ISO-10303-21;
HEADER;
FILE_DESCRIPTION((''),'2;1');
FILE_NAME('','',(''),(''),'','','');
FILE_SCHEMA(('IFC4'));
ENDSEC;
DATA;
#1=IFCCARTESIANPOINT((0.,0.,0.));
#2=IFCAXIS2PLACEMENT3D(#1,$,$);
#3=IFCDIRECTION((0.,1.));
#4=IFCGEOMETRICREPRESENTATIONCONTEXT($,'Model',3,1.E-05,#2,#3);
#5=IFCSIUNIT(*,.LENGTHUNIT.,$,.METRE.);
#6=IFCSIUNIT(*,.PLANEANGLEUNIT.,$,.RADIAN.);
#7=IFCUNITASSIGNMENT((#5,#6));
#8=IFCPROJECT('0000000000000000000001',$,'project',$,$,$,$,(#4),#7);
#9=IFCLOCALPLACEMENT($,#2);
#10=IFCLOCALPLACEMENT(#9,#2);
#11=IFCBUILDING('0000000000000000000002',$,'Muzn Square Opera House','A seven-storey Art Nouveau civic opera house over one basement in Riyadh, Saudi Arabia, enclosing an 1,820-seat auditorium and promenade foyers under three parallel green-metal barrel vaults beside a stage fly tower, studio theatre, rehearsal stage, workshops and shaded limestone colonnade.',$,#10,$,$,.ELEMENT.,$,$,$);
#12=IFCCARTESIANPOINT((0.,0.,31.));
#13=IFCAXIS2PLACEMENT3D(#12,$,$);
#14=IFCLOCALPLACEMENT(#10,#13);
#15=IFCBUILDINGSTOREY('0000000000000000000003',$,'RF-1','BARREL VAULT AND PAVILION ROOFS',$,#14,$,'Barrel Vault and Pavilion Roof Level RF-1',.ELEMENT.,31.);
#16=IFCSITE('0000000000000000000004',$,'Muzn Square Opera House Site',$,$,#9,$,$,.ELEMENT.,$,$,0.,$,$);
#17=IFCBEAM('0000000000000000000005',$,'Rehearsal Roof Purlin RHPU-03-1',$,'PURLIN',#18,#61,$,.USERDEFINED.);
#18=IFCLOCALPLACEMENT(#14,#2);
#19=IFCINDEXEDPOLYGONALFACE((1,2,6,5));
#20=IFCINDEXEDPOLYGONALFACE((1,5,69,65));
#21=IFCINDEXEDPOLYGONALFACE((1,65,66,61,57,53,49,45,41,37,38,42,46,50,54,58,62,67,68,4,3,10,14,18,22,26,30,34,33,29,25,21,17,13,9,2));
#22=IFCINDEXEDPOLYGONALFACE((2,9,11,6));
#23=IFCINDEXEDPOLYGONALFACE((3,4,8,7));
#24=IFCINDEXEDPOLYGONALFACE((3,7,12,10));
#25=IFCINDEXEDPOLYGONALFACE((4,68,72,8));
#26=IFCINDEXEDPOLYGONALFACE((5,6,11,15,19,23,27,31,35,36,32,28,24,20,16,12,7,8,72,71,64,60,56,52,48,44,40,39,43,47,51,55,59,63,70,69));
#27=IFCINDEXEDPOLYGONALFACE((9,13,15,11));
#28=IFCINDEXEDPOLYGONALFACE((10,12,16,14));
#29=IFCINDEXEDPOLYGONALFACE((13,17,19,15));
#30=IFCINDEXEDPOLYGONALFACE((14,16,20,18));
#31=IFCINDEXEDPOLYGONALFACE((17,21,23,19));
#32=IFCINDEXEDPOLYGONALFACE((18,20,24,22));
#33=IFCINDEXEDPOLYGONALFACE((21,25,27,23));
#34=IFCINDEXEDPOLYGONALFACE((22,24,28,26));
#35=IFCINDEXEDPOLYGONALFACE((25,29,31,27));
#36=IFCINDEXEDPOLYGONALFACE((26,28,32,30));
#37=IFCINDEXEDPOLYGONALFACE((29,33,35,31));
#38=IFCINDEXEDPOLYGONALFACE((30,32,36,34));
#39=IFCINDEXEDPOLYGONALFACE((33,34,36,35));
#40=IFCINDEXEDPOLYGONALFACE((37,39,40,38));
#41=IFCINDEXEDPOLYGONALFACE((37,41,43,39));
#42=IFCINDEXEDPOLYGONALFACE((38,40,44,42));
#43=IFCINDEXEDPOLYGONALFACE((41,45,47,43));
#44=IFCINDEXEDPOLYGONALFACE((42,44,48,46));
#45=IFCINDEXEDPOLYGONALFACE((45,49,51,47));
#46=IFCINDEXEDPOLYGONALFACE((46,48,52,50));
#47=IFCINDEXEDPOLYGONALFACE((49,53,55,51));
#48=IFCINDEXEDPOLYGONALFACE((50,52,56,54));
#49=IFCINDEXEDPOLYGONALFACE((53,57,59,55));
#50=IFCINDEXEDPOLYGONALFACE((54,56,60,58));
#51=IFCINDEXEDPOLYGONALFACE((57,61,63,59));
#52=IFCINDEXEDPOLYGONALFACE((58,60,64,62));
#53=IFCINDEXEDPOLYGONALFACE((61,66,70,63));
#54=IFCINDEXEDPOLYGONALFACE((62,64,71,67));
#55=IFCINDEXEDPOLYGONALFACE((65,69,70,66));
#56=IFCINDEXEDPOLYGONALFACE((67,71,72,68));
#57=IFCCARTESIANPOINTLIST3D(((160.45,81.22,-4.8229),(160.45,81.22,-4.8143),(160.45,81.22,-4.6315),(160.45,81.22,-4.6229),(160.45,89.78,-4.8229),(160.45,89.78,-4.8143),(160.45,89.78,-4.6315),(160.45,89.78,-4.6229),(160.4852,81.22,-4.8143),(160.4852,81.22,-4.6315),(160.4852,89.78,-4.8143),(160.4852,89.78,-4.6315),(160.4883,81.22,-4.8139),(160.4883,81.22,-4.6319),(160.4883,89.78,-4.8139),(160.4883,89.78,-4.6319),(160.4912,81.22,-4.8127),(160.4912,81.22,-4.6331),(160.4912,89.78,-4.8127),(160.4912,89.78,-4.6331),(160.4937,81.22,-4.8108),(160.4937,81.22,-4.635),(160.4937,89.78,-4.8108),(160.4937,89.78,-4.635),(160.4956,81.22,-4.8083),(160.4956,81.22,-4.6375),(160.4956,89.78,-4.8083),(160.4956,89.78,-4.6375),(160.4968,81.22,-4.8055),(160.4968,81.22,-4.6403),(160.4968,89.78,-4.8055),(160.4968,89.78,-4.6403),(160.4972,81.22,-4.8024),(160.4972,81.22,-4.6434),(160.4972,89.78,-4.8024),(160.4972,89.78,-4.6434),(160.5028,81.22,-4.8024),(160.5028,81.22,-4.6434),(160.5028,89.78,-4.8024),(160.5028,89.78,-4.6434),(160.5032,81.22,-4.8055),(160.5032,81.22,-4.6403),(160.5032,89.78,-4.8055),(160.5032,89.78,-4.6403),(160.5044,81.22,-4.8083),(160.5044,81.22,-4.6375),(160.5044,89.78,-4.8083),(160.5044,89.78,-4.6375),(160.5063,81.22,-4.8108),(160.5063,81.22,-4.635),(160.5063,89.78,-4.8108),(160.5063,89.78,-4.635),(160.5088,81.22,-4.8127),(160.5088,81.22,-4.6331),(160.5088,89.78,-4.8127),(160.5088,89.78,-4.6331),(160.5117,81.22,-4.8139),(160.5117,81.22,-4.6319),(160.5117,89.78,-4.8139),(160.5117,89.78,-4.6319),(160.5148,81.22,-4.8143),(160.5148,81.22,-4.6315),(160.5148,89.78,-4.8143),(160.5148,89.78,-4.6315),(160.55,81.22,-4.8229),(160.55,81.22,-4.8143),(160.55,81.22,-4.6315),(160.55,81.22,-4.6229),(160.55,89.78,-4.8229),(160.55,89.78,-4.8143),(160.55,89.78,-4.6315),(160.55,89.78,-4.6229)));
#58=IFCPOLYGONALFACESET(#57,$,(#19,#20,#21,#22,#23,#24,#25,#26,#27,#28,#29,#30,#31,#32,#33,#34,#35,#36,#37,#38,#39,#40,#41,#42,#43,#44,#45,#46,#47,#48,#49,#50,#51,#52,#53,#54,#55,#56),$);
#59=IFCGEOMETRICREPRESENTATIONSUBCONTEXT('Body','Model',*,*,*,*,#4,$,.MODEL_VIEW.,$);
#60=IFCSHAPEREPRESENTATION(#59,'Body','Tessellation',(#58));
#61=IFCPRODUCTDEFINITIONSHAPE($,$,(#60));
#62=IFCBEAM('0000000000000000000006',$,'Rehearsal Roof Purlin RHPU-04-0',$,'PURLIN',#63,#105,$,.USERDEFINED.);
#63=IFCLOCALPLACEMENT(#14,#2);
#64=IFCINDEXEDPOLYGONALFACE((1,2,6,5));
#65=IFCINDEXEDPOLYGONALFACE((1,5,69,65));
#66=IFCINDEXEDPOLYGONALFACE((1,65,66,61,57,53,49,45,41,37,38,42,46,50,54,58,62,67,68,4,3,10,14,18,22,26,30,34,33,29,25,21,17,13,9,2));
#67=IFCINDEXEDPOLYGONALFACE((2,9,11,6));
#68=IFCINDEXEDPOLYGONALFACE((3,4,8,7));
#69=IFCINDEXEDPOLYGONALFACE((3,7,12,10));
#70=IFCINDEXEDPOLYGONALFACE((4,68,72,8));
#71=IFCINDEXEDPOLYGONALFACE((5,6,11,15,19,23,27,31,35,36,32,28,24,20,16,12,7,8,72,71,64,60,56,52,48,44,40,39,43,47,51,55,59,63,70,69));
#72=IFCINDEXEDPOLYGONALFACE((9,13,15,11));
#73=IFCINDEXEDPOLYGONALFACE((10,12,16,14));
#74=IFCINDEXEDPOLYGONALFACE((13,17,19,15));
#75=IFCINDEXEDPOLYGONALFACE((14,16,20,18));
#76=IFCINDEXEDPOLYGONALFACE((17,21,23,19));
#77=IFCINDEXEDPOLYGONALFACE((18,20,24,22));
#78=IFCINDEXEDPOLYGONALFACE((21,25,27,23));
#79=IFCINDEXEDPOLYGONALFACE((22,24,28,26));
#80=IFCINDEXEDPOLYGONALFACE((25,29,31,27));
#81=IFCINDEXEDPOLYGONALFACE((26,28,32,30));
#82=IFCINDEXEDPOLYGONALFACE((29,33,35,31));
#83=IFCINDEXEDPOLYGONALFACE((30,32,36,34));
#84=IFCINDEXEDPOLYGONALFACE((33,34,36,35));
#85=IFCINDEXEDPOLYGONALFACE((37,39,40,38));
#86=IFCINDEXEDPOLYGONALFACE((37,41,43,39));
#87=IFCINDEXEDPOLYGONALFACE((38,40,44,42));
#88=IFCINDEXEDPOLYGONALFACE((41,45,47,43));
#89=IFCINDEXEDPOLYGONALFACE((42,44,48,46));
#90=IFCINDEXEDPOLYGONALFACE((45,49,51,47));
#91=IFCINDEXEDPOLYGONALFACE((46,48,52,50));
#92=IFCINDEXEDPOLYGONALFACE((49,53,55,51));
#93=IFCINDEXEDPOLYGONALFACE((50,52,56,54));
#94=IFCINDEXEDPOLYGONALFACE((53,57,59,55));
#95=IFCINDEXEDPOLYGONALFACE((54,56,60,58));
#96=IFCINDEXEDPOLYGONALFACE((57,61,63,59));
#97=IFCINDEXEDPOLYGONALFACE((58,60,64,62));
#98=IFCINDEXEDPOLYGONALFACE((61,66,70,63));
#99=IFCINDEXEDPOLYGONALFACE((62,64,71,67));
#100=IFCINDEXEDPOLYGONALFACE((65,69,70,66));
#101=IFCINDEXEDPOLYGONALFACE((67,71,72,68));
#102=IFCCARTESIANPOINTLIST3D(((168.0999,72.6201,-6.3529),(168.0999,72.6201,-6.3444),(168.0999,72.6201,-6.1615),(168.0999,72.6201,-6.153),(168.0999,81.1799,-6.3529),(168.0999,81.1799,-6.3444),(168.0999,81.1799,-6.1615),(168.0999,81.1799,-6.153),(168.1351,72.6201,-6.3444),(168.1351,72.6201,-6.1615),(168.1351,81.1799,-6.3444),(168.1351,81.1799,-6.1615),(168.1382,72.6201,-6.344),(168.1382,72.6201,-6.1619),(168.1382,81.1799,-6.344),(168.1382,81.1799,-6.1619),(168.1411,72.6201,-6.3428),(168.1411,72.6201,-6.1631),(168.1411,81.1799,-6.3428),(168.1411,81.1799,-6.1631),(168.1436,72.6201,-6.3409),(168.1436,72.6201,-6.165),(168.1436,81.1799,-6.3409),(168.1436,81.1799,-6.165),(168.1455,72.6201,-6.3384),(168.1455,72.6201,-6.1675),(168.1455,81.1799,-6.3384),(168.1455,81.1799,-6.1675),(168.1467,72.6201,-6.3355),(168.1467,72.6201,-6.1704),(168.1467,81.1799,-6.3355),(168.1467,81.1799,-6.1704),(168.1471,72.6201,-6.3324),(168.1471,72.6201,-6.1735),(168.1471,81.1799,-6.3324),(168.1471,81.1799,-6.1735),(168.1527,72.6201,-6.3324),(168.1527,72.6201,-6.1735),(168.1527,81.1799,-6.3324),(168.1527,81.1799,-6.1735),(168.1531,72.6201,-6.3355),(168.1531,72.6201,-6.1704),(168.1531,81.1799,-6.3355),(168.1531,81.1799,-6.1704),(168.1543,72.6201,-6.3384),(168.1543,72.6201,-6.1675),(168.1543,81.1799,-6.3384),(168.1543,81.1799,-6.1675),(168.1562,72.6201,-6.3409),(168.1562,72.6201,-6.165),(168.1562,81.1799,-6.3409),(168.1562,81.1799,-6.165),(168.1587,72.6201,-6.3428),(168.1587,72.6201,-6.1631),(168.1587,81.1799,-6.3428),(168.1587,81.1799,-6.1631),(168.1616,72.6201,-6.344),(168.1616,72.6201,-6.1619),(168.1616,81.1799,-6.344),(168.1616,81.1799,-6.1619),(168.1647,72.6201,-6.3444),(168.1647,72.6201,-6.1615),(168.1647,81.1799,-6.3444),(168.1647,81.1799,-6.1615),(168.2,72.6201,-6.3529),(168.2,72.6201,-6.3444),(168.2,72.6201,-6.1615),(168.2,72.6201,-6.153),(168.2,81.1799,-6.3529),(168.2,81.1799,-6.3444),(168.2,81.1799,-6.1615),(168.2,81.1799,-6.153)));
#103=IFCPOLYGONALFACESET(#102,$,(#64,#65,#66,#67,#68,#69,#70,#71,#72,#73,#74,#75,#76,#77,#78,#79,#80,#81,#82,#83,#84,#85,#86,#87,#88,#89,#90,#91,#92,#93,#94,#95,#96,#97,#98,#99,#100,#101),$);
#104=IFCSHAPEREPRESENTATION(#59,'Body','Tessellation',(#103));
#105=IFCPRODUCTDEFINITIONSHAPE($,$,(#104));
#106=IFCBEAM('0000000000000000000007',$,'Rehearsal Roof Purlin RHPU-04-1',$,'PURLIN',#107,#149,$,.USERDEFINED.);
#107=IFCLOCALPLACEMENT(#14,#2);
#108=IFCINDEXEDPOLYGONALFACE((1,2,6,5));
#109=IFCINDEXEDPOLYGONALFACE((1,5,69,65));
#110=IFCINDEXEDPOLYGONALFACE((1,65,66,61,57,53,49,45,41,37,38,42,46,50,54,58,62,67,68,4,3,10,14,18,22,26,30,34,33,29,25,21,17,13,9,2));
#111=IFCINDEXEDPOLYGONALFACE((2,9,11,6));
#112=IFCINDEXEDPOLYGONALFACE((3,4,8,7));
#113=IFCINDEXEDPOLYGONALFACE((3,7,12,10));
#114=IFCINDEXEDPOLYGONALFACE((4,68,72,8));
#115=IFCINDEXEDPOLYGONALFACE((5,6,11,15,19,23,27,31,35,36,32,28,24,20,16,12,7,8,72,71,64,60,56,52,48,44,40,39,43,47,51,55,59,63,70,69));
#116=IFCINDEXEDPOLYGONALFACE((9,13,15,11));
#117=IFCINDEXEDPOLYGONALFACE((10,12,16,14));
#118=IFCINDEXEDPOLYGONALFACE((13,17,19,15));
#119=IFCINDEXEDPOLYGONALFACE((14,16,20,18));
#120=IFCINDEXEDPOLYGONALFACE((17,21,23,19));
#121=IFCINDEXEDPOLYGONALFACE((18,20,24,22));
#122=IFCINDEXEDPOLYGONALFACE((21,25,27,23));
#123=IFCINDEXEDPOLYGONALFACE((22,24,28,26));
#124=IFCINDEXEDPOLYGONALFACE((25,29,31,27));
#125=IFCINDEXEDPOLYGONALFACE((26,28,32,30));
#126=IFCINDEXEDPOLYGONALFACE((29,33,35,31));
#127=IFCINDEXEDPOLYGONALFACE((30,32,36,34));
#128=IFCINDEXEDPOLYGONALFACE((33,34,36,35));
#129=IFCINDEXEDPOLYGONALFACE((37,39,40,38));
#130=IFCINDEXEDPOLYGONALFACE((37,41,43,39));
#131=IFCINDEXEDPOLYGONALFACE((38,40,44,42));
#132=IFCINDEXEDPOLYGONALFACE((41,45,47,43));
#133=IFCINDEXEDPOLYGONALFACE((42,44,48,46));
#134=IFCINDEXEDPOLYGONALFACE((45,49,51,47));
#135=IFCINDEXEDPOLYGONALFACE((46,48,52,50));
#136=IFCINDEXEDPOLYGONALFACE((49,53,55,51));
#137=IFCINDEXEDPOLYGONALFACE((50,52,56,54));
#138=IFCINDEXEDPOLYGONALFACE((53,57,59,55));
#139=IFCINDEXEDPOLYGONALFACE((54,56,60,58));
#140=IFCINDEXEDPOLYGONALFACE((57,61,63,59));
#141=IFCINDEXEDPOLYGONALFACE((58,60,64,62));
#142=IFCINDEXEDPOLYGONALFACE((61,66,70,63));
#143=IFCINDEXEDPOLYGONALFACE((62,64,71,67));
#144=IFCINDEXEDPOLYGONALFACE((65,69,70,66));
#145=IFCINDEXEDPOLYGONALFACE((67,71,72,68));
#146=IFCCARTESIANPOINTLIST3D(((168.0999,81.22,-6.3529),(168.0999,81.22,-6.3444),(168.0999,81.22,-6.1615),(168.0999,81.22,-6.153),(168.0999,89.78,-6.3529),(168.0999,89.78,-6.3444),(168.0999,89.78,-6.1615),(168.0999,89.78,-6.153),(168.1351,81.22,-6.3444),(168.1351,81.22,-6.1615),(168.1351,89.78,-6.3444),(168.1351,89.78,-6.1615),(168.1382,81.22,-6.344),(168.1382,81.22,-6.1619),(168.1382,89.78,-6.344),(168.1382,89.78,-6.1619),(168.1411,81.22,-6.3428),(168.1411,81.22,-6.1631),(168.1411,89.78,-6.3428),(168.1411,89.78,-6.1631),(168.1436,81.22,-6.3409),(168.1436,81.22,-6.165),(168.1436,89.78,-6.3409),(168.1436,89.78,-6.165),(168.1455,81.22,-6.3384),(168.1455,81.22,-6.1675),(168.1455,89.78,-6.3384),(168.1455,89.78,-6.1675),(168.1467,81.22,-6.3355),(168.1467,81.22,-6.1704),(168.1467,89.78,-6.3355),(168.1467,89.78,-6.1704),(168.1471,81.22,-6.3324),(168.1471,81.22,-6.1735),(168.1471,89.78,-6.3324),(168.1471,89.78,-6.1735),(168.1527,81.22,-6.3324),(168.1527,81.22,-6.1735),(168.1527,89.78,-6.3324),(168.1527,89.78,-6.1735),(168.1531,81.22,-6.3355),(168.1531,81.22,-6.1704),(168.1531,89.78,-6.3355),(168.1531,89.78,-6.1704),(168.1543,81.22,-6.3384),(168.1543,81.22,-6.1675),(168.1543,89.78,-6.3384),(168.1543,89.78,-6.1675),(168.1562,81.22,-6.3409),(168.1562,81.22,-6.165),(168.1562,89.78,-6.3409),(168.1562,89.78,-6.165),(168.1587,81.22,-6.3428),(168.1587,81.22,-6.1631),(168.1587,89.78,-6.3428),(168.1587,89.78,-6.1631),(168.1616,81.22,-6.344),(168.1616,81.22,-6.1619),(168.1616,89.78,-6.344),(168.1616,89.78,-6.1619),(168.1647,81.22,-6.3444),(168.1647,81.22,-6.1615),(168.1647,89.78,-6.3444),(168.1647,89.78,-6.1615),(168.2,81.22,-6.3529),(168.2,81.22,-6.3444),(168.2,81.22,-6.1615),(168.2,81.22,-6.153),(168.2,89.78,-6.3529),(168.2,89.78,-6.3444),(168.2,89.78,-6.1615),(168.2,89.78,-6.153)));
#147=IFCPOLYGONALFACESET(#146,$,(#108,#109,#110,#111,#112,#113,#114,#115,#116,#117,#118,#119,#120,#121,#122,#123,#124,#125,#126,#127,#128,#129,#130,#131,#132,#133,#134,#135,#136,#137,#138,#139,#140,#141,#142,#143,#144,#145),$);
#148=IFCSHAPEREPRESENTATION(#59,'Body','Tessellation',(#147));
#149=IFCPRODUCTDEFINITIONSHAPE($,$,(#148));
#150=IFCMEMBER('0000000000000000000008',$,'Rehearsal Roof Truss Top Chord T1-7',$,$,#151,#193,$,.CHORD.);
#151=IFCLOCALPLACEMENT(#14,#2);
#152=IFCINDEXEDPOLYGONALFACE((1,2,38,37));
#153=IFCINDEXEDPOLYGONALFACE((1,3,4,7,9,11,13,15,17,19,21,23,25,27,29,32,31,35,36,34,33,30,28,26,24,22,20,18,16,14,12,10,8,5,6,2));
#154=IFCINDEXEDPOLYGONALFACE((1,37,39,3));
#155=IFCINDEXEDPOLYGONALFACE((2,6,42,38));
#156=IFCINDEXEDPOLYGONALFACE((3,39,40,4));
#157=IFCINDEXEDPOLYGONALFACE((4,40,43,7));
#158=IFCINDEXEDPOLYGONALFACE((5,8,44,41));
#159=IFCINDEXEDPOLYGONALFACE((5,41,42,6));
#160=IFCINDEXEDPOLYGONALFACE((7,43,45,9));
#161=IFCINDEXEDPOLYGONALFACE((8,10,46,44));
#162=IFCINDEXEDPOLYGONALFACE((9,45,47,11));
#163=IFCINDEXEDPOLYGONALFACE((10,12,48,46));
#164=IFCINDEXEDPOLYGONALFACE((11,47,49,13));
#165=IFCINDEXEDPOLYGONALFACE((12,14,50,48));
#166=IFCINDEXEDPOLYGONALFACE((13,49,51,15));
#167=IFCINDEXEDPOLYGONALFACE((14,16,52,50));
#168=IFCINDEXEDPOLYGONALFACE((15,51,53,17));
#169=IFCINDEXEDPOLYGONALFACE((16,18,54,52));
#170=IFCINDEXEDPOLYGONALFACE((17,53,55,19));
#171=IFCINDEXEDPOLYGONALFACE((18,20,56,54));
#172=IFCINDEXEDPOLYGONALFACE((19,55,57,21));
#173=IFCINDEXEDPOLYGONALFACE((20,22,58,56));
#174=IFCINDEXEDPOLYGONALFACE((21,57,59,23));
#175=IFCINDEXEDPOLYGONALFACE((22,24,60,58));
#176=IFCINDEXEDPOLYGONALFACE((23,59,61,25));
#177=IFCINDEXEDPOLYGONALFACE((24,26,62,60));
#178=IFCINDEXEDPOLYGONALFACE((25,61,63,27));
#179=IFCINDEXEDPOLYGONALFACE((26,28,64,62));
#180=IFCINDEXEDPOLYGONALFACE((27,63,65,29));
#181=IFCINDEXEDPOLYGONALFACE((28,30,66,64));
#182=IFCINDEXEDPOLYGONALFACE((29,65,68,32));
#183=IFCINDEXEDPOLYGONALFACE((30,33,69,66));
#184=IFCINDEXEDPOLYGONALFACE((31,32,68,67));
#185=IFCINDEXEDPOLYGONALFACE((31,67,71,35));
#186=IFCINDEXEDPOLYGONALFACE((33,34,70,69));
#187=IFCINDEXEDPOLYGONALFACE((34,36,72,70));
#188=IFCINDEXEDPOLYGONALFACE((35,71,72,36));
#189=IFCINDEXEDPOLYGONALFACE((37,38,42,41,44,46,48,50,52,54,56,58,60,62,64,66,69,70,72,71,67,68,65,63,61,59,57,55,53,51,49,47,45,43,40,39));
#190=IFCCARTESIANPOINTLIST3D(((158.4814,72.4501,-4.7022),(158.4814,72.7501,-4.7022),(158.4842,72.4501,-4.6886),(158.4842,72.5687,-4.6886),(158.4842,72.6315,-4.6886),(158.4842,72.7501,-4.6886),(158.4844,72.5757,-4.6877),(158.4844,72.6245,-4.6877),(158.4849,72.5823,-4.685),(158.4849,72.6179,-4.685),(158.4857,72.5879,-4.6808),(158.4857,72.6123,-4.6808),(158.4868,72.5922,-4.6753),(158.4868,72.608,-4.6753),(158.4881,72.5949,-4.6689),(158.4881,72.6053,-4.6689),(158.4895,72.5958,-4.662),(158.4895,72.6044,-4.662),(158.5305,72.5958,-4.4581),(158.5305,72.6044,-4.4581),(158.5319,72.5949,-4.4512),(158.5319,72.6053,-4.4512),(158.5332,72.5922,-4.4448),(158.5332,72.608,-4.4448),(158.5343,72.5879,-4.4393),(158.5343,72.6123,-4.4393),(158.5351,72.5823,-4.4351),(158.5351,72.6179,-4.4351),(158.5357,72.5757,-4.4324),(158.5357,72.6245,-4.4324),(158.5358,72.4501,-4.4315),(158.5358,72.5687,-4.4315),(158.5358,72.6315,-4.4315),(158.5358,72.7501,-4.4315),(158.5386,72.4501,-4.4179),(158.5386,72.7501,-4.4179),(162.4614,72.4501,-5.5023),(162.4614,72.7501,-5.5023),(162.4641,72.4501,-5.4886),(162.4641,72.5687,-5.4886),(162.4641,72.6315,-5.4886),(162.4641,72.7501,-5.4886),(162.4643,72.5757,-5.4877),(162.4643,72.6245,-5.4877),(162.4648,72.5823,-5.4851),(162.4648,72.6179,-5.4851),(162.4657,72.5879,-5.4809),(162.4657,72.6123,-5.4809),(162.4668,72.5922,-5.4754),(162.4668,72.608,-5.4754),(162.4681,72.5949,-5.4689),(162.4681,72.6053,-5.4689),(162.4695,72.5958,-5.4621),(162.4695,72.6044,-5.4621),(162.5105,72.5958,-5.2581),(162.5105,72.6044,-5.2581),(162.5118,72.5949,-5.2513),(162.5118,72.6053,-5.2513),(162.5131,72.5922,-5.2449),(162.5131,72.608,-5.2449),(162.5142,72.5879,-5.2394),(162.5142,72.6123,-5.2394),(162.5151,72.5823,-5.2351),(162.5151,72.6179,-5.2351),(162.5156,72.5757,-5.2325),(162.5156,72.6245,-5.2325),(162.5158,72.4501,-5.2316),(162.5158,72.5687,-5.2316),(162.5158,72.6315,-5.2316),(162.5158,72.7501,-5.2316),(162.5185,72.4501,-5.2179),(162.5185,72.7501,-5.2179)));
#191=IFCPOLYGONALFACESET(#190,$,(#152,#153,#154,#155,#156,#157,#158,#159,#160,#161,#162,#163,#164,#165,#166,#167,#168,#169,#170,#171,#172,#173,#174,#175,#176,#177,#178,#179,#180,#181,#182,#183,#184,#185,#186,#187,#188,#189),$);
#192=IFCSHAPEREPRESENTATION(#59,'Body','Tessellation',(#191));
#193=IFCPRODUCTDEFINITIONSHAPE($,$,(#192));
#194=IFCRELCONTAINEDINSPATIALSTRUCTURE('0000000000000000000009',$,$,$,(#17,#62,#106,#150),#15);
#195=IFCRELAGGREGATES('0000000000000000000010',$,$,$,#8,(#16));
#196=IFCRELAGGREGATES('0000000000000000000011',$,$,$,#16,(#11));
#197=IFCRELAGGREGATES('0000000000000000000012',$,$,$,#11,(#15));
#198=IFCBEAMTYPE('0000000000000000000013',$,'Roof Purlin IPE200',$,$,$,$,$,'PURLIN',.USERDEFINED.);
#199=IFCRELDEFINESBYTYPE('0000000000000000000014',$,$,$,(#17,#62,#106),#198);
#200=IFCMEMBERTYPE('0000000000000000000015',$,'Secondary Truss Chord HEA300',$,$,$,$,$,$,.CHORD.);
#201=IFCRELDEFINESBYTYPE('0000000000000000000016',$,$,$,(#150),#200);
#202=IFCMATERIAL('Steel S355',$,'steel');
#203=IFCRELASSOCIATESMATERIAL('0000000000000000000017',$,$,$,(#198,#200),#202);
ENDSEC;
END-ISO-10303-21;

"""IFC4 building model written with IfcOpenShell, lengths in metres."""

from ifc_helpers import new_model, si_unit, direction, frame, origin, origin_2d, place, context, subcontext, project, spatial, i_section, extrude, material, material_profile, profile_set, type_object, element, save


model = new_model("IFC4")

# Units and contexts
model_context = context("Model", 3, precision=1e-05, world=origin(), true_north=direction((0.0, 1.0)))
body_context = subcontext(model_context, "Body", "Model", "MODEL_VIEW")
ifc_project = project(units=[si_unit("LENGTHUNIT", "METRE"), si_unit("PLANEANGLEUNIT", "RADIAN")], contexts=[model_context])

# Site, building, storey
site_placement = place(None, origin())
site = spatial("IfcSite", under=ifc_project, at=site_placement, Name="Muzn Square Opera House Site", CompositionType="ELEMENT", RefElevation=0.0)
building_placement = place(site_placement, origin())
building = spatial("IfcBuilding", under=site, at=building_placement, Name="Muzn Square Opera House", Description="A seven-storey Art Nouveau civic opera house over one basement in Riyadh, Saudi Arabia, enclosing an 1,820-seat auditorium and promenade foyers under three parallel green-metal barrel vaults beside a stage fly tower, studio theatre, rehearsal stage, workshops and shaded limestone colonnade.", CompositionType="ELEMENT")
storey_placement = place(building_placement, frame((0.0, 0.0, 31.0)))
storey = spatial("IfcBuildingStorey", under=building, at=storey_placement, Name="RF-1", Description="BARREL VAULT AND PAVILION ROOFS", LongName="Barrel Vault and Pavilion Roof Level RF-1", CompositionType="ELEMENT", Elevation=31.0)

# Shared definitions
ifc_material = material(Name="Steel S355", Category="steel")

# Beams
ifc_material_profile_1 = material_profile(ifc_material, i_section(OverallWidth=0.1001, OverallDepth=0.2, WebThickness=0.0056, FlangeThickness=0.0085, FilletRadius=0.012, at=origin_2d()), Name="IPE 200", Category="steel")
ifc_profile_set_1 = profile_set([ifc_material_profile_1], Name="Steel S355")
beam_type = type_object("IfcBeamType", Name="Roof Purlin IPE200", ElementType="PURLIN", PredefinedType="USERDEFINED", material=ifc_profile_set_1)
beam_1_placement = place(storey_placement, frame((160.5, 81.22, -4.7229), z_axis=(0.0, 1.0, 0.0), x_axis=(-1.0, 0.0, 0.0)))
element("IfcBeam", 1, at=beam_1_placement, inside=storey, type_object=beam_type, Name="Rehearsal Roof Purlin RHPU-03-1", ObjectType="PURLIN", PredefinedType="USERDEFINED", context=body_context, shape_type="SweptSolid", body=[
    extrude(i_section(OverallWidth=0.1001, OverallDepth=0.2, WebThickness=0.0056, FlangeThickness=0.0085, FilletRadius=0.012, at=origin_2d()), origin(), (0.0, 0.0, 1.0), 8.5601),
])
beam_2_placement = place(storey_placement, frame((168.1499, 72.6201, -6.2529), z_axis=(0.0, 1.0, 0.0), x_axis=(-1.0, 0.0, 0.0)))
element("IfcBeam", 2, at=beam_2_placement, inside=storey, type_object=beam_type, Name="Rehearsal Roof Purlin RHPU-04-0", ObjectType="PURLIN", PredefinedType="USERDEFINED", context=body_context, shape_type="SweptSolid", body=[
    extrude(i_section(OverallWidth=0.1001, OverallDepth=0.2, WebThickness=0.0056, FlangeThickness=0.0085, FilletRadius=0.012, at=origin_2d()), origin(), (0.0, 0.0, 1.0), 8.5598),
])
beam_3_placement = place(storey_placement, frame((168.1499, 81.22, -6.2529), z_axis=(0.0, 1.0, 0.0), x_axis=(-1.0, 0.0, 0.0)))
element("IfcBeam", 3, at=beam_3_placement, inside=storey, type_object=beam_type, Name="Rehearsal Roof Purlin RHPU-04-1", ObjectType="PURLIN", PredefinedType="USERDEFINED", context=body_context, shape_type="SweptSolid", body=[
    extrude(i_section(OverallWidth=0.1001, OverallDepth=0.2, WebThickness=0.0056, FlangeThickness=0.0085, FilletRadius=0.012, at=origin_2d()), origin(), (0.0, 0.0, 1.0), 8.5601),
])

# Member
ifc_material_profile_2 = material_profile(ifc_material, i_section(OverallWidth=0.3, OverallDepth=0.29, WebThickness=0.0085, FlangeThickness=0.0139, FilletRadius=0.0271, at=origin_2d()), Name="HEA 300", Category="steel")
ifc_profile_set_2 = profile_set([ifc_material_profile_2], Name="Steel S355")
member_type_1 = type_object("IfcMemberType", Name="Secondary Truss Chord HEA300", PredefinedType="CHORD", material=ifc_profile_set_2)
member_1_placement = place(storey_placement, frame((158.51, 72.6001, -4.5601), z_axis=(0.980388, 0.0, -0.197076), x_axis=(0.0, 1.0, 0.0)))
element("IfcMember", 4, at=member_1_placement, inside=storey, type_object=member_type_1, Name="Rehearsal Roof Truss Top Chord T1-7", PredefinedType="CHORD", context=body_context, shape_type="SweptSolid", body=[
    extrude(i_section(OverallWidth=0.3, OverallDepth=0.29, WebThickness=0.0085, FlangeThickness=0.0139, FilletRadius=0.0271, at=origin_2d()), origin(), (0.0, 0.0, 1.0), 4.0596),
])

save(model, "model.ifc")
